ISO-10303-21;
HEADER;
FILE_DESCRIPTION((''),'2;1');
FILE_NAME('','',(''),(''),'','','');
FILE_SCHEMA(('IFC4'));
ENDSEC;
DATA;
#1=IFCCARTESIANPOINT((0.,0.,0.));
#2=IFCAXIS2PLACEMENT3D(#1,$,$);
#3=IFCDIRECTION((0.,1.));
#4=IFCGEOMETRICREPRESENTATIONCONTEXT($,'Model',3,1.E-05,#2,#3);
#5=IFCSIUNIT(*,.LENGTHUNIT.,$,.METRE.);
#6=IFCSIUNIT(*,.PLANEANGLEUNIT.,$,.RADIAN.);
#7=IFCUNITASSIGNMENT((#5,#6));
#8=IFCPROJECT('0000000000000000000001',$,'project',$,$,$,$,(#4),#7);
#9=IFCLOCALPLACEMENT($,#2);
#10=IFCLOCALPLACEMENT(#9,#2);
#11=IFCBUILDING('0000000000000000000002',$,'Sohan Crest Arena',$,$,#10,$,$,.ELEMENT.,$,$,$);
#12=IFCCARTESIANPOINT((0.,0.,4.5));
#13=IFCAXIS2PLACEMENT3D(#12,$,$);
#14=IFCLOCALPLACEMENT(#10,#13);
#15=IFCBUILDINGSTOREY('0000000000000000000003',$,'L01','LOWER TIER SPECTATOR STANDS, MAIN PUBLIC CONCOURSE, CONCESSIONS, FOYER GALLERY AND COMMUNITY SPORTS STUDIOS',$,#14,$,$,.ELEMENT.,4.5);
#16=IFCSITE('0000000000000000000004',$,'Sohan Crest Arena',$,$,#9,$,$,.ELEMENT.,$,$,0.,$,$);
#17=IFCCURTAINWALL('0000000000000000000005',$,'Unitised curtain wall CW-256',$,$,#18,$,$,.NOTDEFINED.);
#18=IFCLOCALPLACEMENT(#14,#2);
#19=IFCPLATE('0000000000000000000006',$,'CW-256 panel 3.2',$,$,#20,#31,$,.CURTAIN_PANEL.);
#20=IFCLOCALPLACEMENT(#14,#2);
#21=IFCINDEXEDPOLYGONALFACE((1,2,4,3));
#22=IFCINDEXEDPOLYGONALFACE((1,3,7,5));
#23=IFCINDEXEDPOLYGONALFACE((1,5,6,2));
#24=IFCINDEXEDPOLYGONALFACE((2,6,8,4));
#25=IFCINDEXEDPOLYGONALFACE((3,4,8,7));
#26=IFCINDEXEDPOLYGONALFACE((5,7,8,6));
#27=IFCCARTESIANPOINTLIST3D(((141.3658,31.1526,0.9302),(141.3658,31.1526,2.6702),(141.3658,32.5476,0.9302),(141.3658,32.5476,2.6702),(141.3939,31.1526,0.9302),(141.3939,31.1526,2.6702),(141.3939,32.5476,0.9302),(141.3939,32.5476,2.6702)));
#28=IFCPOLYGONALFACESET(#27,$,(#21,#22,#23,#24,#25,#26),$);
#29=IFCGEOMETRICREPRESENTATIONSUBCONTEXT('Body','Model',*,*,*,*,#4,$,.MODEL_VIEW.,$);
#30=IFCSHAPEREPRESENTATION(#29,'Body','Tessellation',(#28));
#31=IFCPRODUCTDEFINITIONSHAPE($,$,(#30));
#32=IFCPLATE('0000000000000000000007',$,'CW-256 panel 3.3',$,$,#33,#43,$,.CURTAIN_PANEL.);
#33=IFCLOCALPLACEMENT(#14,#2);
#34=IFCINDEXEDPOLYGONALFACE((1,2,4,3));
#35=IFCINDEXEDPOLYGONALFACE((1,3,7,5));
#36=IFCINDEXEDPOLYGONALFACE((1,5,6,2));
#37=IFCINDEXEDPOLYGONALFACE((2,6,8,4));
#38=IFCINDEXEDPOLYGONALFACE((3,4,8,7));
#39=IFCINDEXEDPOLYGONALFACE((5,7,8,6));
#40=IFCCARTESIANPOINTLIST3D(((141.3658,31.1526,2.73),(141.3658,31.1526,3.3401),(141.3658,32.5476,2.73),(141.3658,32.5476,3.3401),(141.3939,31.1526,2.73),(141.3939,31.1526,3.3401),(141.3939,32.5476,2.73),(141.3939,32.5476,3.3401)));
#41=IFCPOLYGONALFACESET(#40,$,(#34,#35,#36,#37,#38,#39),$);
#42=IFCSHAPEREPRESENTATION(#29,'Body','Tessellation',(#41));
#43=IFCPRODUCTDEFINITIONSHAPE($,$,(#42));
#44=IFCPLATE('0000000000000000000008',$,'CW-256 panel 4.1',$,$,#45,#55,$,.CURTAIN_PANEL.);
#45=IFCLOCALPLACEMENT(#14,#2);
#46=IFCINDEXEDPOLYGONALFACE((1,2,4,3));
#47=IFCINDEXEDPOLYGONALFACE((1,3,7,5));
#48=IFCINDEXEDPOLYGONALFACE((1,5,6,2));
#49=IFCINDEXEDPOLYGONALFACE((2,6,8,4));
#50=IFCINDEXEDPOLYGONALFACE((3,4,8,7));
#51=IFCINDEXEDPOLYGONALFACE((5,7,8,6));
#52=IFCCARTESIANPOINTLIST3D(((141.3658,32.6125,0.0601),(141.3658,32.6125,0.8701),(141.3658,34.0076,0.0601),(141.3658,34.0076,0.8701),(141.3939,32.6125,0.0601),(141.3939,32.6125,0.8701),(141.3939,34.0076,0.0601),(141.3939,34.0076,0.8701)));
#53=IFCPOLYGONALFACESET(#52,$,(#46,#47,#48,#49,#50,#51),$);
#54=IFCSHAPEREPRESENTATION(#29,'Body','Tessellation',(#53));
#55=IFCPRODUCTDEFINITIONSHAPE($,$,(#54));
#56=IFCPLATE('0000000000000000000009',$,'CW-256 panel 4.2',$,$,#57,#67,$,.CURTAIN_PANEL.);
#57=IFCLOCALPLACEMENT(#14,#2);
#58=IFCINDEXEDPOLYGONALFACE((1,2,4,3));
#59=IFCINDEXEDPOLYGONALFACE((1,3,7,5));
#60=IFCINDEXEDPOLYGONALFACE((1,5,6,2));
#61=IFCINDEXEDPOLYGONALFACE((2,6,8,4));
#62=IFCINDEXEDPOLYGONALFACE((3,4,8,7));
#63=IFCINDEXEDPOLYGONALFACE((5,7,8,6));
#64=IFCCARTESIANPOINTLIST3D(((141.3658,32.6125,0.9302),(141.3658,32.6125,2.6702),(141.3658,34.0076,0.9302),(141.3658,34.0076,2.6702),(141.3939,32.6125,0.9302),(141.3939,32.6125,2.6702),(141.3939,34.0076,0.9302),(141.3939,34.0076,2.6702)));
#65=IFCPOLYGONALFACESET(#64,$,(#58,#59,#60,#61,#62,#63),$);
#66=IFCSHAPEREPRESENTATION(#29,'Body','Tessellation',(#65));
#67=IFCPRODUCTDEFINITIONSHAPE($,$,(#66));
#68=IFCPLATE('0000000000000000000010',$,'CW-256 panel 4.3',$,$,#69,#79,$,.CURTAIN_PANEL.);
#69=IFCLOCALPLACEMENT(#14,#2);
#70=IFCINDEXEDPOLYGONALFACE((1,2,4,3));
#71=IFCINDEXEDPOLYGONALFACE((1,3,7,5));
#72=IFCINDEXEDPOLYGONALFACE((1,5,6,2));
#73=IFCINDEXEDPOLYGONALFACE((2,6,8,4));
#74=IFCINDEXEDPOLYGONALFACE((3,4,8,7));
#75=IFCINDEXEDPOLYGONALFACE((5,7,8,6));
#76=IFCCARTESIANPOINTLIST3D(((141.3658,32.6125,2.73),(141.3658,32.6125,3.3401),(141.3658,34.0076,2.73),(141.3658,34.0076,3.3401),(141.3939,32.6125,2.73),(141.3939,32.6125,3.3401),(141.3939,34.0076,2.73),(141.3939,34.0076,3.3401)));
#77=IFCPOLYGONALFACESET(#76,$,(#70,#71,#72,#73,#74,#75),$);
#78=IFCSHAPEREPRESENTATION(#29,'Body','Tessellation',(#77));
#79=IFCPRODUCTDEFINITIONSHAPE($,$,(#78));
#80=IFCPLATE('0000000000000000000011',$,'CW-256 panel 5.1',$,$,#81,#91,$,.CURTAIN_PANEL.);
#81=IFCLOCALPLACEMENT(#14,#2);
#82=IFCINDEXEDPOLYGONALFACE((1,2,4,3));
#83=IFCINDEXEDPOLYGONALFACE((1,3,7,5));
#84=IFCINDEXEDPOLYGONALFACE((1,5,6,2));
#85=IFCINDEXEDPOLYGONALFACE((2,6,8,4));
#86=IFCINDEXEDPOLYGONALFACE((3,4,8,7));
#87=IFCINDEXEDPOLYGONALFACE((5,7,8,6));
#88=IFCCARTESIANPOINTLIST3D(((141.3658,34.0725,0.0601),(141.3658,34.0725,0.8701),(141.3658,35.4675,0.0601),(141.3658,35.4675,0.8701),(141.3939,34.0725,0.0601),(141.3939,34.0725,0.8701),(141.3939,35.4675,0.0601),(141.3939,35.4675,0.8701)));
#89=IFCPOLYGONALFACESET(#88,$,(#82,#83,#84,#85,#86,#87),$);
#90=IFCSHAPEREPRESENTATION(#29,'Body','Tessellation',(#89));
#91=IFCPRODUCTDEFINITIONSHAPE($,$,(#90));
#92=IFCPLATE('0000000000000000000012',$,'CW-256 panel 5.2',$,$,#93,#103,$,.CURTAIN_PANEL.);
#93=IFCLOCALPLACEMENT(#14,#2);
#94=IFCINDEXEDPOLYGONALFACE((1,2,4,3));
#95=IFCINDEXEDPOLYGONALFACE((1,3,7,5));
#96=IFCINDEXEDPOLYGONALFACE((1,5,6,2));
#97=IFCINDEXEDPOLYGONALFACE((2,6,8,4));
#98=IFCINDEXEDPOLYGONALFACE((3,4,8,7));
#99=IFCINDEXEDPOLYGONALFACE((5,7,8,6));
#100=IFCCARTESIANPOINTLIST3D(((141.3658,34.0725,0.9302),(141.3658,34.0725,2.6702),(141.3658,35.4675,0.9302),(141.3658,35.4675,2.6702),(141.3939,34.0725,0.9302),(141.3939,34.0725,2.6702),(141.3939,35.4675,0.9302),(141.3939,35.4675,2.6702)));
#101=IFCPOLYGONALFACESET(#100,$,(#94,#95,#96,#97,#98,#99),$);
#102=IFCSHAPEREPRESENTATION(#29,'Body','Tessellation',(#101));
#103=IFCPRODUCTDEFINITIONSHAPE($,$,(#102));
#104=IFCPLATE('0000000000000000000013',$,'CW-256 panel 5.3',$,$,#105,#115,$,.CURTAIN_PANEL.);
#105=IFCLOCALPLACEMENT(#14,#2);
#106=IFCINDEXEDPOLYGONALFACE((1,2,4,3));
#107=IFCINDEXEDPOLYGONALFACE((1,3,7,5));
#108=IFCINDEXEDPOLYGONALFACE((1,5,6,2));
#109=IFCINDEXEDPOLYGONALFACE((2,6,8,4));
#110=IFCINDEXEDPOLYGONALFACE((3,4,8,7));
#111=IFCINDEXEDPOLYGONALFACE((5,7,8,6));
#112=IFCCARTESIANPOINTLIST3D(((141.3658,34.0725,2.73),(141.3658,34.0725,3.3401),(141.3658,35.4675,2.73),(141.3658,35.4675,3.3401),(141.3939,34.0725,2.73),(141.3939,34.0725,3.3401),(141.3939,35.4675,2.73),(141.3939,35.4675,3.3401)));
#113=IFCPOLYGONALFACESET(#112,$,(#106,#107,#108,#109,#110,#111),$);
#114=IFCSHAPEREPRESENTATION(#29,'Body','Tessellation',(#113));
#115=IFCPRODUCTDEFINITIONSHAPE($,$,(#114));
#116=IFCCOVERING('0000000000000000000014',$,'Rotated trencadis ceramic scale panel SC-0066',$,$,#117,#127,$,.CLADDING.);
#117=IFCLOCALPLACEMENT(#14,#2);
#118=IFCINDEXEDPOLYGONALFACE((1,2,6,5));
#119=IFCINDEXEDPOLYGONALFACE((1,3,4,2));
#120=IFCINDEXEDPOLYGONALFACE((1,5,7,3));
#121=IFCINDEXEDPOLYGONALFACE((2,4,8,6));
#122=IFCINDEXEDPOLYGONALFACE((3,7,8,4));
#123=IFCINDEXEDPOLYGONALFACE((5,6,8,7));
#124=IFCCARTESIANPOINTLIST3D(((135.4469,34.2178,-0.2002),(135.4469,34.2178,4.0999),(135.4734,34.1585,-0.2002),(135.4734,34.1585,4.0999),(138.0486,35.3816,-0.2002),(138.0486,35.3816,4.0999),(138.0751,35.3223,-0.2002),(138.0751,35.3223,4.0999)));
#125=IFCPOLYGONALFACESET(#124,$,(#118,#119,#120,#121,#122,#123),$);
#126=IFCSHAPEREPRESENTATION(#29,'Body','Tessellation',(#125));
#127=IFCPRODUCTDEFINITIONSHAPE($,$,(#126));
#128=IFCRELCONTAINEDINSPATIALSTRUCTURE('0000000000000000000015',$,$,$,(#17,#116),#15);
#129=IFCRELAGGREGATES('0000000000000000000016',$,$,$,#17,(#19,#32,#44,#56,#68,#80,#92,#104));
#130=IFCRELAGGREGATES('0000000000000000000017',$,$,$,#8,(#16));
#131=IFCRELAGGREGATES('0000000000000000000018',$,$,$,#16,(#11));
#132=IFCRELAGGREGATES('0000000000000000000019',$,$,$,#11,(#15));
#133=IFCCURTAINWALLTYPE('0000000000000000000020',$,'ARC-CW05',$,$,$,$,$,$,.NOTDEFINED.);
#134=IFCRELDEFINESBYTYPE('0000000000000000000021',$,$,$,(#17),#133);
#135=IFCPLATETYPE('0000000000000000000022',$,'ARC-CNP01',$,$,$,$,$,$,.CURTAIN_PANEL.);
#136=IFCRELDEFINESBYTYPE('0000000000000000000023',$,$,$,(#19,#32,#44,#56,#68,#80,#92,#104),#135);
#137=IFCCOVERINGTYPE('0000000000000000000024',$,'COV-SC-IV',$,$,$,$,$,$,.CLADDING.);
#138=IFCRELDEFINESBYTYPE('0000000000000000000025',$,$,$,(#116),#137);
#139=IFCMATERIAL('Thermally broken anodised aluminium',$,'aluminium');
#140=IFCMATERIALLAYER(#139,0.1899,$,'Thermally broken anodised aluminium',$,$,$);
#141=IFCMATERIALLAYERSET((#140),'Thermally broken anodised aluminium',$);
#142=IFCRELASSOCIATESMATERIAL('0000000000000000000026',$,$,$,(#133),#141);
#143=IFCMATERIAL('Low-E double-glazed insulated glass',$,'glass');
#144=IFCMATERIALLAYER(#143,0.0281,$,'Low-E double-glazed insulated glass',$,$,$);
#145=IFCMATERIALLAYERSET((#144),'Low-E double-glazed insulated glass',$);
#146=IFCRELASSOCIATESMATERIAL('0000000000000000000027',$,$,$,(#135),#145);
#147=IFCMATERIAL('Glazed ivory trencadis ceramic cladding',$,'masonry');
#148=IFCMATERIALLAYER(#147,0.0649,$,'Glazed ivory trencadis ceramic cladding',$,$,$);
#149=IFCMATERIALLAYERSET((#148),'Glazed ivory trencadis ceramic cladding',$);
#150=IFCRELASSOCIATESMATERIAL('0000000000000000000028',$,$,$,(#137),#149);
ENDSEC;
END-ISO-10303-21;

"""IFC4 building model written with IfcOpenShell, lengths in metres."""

from ifc_helpers import new_model, si_unit, direction, frame, origin, origin_2d, place, context, subcontext, project, spatial, rectangle, extrude, material, layer, layer_set, type_object, element, aggregate, save


model = new_model("IFC4")

# Units and contexts
model_context = context("Model", 3, precision=1e-05, world=origin(), true_north=direction((0.0, 1.0)))
body_context = subcontext(model_context, "Body", "Model", "MODEL_VIEW")
ifc_project = project(units=[si_unit("LENGTHUNIT", "METRE"), si_unit("PLANEANGLEUNIT", "RADIAN")], contexts=[model_context])

# Site, building, storey
site_placement = place(None, origin())
site = spatial("IfcSite", under=ifc_project, at=site_placement, Name="Sohan Crest Arena", CompositionType="ELEMENT", RefElevation=0.0)
building_placement = place(site_placement, origin())
building = spatial("IfcBuilding", under=site, at=building_placement, Name="Sohan Crest Arena", CompositionType="ELEMENT")
storey_placement = place(building_placement, frame((0.0, 0.0, 4.5)))
storey = spatial("IfcBuildingStorey", under=building, at=storey_placement, Name="L01", Description="LOWER TIER SPECTATOR STANDS, MAIN PUBLIC CONCOURSE, CONCESSIONS, FOYER GALLERY AND COMMUNITY SPORTS STUDIOS", CompositionType="ELEMENT", Elevation=4.5)

# Shared definitions
ifc_material_1 = material(Name="Thermally broken anodised aluminium", Category="aluminium")
ifc_layer_1 = layer(ifc_material_1, 0.1899, Name="Thermally broken anodised aluminium")
ifc_layer_set_1 = layer_set([ifc_layer_1], Name="Thermally broken anodised aluminium")
curtain_wall_type = type_object("IfcCurtainWallType", Name="ARC-CW05", PredefinedType="NOTDEFINED", material=ifc_layer_set_1)

# Curtain wall
curtain_wall_1_placement = place(storey_placement, origin())
curtain_wall_1 = element("IfcCurtainWall", 1, at=curtain_wall_1_placement, inside=storey, type_object=curtain_wall_type, Name="Unitised curtain wall CW-256", PredefinedType="NOTDEFINED")

# Plates
ifc_material_2 = material(Name="Low-E double-glazed insulated glass", Category="glass")
ifc_layer_2 = layer(ifc_material_2, 0.0281, Name="Low-E double-glazed insulated glass")
ifc_layer_set_2 = layer_set([ifc_layer_2], Name="Low-E double-glazed insulated glass")
plate_type = type_object("IfcPlateType", Name="ARC-CNP01", PredefinedType="CURTAIN_PANEL", material=ifc_layer_set_2)
plate_1_placement = place(storey_placement, frame((141.3799, 31.8501, 0.9302), z_axis=(0.0, 0.0, 1.0), x_axis=(0.0, 1.0, 0.0)))
plate_1 = element("IfcPlate", 2, at=plate_1_placement, type_object=plate_type, Name="CW-256 panel 3.2", PredefinedType="CURTAIN_PANEL", context=body_context, shape_type="SweptSolid", body=[
    extrude(rectangle(XDim=1.395, YDim=0.0281, at=origin_2d()), origin(), (0.0, 0.0, 1.0), 1.74),
])
plate_2_placement = place(storey_placement, frame((141.3799, 31.8501, 2.73), z_axis=(0.0, 0.0, 1.0), x_axis=(0.0, 1.0, 0.0)))
plate_2 = element("IfcPlate", 3, at=plate_2_placement, type_object=plate_type, Name="CW-256 panel 3.3", PredefinedType="CURTAIN_PANEL", context=body_context, shape_type="SweptSolid", body=[
    extrude(rectangle(XDim=1.395, YDim=0.0281, at=origin_2d()), origin(), (0.0, 0.0, 1.0), 0.6101),
])
plate_3_placement = place(storey_placement, frame((141.3799, 33.3101, 0.0601), z_axis=(0.0, 0.0, 1.0), x_axis=(0.0, 1.0, 0.0)))
plate_3 = element("IfcPlate", 4, at=plate_3_placement, type_object=plate_type, Name="CW-256 panel 4.1", PredefinedType="CURTAIN_PANEL", context=body_context, shape_type="SweptSolid", body=[
    extrude(rectangle(XDim=1.395, YDim=0.0281, at=origin_2d()), origin(), (0.0, 0.0, 1.0), 0.8101),
])
plate_4_placement = place(storey_placement, frame((141.3799, 33.3101, 0.9302), z_axis=(0.0, 0.0, 1.0), x_axis=(0.0, 1.0, 0.0)))
plate_4 = element("IfcPlate", 5, at=plate_4_placement, type_object=plate_type, Name="CW-256 panel 4.2", PredefinedType="CURTAIN_PANEL", context=body_context, shape_type="SweptSolid", body=[
    extrude(rectangle(XDim=1.395, YDim=0.0281, at=origin_2d()), origin(), (0.0, 0.0, 1.0), 1.74),
])
plate_5_placement = place(storey_placement, frame((141.3799, 33.3101, 2.73), z_axis=(0.0, 0.0, 1.0), x_axis=(0.0, 1.0, 0.0)))
plate_5 = element("IfcPlate", 6, at=plate_5_placement, type_object=plate_type, Name="CW-256 panel 4.3", PredefinedType="CURTAIN_PANEL", context=body_context, shape_type="SweptSolid", body=[
    extrude(rectangle(XDim=1.395, YDim=0.0281, at=origin_2d()), origin(), (0.0, 0.0, 1.0), 0.6101),
])
plate_6_placement = place(storey_placement, frame((141.3799, 34.77, 0.0601), z_axis=(0.0, 0.0, 1.0), x_axis=(0.0, 1.0, 0.0)))
plate_6 = element("IfcPlate", 7, at=plate_6_placement, type_object=plate_type, Name="CW-256 panel 5.1", PredefinedType="CURTAIN_PANEL", context=body_context, shape_type="SweptSolid", body=[
    extrude(rectangle(XDim=1.395, YDim=0.0281, at=origin_2d()), origin(), (0.0, 0.0, 1.0), 0.8101),
])
plate_7_placement = place(storey_placement, frame((141.3799, 34.77, 0.9302), z_axis=(0.0, 0.0, 1.0), x_axis=(0.0, 1.0, 0.0)))
plate_7 = element("IfcPlate", 8, at=plate_7_placement, type_object=plate_type, Name="CW-256 panel 5.2", PredefinedType="CURTAIN_PANEL", context=body_context, shape_type="SweptSolid", body=[
    extrude(rectangle(XDim=1.395, YDim=0.0281, at=origin_2d()), origin(), (0.0, 0.0, 1.0), 1.74),
])
plate_8_placement = place(storey_placement, frame((141.3799, 34.77, 2.73), z_axis=(0.0, 0.0, 1.0), x_axis=(0.0, 1.0, 0.0)))
plate_8 = element("IfcPlate", 9, at=plate_8_placement, type_object=plate_type, Name="CW-256 panel 5.3", PredefinedType="CURTAIN_PANEL", context=body_context, shape_type="SweptSolid", body=[
    extrude(rectangle(XDim=1.395, YDim=0.0281, at=origin_2d()), origin(), (0.0, 0.0, 1.0), 0.6101),
])
aggregate(curtain_wall_1, [plate_1, plate_2, plate_3, plate_4, plate_5, plate_6, plate_7, plate_8])

# Covering
ifc_material_3 = material(Name="Glazed ivory trencadis ceramic cladding", Category="masonry")
ifc_layer_3 = layer(ifc_material_3, 0.0649, Name="Glazed ivory trencadis ceramic cladding")
ifc_layer_set_3 = layer_set([ifc_layer_3], Name="Glazed ivory trencadis ceramic cladding")
covering_type = type_object("IfcCoveringType", Name="COV-SC-IV", PredefinedType="CLADDING", material=ifc_layer_set_3)
covering_placement = place(storey_placement, frame((136.761, 34.77, -0.2002), z_axis=(0.0, 0.0, 1.0), x_axis=(0.912834, 0.40833, 0.0)))
element("IfcCovering", 10, at=covering_placement, inside=storey, type_object=covering_type, Name="Rotated trencadis ceramic scale panel SC-0066", PredefinedType="CLADDING", context=body_context, shape_type="SweptSolid", body=[
    extrude(rectangle(XDim=2.8501, YDim=0.0649, at=origin_2d()), origin(), (0.0, 0.0, 1.0), 4.3),
])

save(model, "model.ifc")
